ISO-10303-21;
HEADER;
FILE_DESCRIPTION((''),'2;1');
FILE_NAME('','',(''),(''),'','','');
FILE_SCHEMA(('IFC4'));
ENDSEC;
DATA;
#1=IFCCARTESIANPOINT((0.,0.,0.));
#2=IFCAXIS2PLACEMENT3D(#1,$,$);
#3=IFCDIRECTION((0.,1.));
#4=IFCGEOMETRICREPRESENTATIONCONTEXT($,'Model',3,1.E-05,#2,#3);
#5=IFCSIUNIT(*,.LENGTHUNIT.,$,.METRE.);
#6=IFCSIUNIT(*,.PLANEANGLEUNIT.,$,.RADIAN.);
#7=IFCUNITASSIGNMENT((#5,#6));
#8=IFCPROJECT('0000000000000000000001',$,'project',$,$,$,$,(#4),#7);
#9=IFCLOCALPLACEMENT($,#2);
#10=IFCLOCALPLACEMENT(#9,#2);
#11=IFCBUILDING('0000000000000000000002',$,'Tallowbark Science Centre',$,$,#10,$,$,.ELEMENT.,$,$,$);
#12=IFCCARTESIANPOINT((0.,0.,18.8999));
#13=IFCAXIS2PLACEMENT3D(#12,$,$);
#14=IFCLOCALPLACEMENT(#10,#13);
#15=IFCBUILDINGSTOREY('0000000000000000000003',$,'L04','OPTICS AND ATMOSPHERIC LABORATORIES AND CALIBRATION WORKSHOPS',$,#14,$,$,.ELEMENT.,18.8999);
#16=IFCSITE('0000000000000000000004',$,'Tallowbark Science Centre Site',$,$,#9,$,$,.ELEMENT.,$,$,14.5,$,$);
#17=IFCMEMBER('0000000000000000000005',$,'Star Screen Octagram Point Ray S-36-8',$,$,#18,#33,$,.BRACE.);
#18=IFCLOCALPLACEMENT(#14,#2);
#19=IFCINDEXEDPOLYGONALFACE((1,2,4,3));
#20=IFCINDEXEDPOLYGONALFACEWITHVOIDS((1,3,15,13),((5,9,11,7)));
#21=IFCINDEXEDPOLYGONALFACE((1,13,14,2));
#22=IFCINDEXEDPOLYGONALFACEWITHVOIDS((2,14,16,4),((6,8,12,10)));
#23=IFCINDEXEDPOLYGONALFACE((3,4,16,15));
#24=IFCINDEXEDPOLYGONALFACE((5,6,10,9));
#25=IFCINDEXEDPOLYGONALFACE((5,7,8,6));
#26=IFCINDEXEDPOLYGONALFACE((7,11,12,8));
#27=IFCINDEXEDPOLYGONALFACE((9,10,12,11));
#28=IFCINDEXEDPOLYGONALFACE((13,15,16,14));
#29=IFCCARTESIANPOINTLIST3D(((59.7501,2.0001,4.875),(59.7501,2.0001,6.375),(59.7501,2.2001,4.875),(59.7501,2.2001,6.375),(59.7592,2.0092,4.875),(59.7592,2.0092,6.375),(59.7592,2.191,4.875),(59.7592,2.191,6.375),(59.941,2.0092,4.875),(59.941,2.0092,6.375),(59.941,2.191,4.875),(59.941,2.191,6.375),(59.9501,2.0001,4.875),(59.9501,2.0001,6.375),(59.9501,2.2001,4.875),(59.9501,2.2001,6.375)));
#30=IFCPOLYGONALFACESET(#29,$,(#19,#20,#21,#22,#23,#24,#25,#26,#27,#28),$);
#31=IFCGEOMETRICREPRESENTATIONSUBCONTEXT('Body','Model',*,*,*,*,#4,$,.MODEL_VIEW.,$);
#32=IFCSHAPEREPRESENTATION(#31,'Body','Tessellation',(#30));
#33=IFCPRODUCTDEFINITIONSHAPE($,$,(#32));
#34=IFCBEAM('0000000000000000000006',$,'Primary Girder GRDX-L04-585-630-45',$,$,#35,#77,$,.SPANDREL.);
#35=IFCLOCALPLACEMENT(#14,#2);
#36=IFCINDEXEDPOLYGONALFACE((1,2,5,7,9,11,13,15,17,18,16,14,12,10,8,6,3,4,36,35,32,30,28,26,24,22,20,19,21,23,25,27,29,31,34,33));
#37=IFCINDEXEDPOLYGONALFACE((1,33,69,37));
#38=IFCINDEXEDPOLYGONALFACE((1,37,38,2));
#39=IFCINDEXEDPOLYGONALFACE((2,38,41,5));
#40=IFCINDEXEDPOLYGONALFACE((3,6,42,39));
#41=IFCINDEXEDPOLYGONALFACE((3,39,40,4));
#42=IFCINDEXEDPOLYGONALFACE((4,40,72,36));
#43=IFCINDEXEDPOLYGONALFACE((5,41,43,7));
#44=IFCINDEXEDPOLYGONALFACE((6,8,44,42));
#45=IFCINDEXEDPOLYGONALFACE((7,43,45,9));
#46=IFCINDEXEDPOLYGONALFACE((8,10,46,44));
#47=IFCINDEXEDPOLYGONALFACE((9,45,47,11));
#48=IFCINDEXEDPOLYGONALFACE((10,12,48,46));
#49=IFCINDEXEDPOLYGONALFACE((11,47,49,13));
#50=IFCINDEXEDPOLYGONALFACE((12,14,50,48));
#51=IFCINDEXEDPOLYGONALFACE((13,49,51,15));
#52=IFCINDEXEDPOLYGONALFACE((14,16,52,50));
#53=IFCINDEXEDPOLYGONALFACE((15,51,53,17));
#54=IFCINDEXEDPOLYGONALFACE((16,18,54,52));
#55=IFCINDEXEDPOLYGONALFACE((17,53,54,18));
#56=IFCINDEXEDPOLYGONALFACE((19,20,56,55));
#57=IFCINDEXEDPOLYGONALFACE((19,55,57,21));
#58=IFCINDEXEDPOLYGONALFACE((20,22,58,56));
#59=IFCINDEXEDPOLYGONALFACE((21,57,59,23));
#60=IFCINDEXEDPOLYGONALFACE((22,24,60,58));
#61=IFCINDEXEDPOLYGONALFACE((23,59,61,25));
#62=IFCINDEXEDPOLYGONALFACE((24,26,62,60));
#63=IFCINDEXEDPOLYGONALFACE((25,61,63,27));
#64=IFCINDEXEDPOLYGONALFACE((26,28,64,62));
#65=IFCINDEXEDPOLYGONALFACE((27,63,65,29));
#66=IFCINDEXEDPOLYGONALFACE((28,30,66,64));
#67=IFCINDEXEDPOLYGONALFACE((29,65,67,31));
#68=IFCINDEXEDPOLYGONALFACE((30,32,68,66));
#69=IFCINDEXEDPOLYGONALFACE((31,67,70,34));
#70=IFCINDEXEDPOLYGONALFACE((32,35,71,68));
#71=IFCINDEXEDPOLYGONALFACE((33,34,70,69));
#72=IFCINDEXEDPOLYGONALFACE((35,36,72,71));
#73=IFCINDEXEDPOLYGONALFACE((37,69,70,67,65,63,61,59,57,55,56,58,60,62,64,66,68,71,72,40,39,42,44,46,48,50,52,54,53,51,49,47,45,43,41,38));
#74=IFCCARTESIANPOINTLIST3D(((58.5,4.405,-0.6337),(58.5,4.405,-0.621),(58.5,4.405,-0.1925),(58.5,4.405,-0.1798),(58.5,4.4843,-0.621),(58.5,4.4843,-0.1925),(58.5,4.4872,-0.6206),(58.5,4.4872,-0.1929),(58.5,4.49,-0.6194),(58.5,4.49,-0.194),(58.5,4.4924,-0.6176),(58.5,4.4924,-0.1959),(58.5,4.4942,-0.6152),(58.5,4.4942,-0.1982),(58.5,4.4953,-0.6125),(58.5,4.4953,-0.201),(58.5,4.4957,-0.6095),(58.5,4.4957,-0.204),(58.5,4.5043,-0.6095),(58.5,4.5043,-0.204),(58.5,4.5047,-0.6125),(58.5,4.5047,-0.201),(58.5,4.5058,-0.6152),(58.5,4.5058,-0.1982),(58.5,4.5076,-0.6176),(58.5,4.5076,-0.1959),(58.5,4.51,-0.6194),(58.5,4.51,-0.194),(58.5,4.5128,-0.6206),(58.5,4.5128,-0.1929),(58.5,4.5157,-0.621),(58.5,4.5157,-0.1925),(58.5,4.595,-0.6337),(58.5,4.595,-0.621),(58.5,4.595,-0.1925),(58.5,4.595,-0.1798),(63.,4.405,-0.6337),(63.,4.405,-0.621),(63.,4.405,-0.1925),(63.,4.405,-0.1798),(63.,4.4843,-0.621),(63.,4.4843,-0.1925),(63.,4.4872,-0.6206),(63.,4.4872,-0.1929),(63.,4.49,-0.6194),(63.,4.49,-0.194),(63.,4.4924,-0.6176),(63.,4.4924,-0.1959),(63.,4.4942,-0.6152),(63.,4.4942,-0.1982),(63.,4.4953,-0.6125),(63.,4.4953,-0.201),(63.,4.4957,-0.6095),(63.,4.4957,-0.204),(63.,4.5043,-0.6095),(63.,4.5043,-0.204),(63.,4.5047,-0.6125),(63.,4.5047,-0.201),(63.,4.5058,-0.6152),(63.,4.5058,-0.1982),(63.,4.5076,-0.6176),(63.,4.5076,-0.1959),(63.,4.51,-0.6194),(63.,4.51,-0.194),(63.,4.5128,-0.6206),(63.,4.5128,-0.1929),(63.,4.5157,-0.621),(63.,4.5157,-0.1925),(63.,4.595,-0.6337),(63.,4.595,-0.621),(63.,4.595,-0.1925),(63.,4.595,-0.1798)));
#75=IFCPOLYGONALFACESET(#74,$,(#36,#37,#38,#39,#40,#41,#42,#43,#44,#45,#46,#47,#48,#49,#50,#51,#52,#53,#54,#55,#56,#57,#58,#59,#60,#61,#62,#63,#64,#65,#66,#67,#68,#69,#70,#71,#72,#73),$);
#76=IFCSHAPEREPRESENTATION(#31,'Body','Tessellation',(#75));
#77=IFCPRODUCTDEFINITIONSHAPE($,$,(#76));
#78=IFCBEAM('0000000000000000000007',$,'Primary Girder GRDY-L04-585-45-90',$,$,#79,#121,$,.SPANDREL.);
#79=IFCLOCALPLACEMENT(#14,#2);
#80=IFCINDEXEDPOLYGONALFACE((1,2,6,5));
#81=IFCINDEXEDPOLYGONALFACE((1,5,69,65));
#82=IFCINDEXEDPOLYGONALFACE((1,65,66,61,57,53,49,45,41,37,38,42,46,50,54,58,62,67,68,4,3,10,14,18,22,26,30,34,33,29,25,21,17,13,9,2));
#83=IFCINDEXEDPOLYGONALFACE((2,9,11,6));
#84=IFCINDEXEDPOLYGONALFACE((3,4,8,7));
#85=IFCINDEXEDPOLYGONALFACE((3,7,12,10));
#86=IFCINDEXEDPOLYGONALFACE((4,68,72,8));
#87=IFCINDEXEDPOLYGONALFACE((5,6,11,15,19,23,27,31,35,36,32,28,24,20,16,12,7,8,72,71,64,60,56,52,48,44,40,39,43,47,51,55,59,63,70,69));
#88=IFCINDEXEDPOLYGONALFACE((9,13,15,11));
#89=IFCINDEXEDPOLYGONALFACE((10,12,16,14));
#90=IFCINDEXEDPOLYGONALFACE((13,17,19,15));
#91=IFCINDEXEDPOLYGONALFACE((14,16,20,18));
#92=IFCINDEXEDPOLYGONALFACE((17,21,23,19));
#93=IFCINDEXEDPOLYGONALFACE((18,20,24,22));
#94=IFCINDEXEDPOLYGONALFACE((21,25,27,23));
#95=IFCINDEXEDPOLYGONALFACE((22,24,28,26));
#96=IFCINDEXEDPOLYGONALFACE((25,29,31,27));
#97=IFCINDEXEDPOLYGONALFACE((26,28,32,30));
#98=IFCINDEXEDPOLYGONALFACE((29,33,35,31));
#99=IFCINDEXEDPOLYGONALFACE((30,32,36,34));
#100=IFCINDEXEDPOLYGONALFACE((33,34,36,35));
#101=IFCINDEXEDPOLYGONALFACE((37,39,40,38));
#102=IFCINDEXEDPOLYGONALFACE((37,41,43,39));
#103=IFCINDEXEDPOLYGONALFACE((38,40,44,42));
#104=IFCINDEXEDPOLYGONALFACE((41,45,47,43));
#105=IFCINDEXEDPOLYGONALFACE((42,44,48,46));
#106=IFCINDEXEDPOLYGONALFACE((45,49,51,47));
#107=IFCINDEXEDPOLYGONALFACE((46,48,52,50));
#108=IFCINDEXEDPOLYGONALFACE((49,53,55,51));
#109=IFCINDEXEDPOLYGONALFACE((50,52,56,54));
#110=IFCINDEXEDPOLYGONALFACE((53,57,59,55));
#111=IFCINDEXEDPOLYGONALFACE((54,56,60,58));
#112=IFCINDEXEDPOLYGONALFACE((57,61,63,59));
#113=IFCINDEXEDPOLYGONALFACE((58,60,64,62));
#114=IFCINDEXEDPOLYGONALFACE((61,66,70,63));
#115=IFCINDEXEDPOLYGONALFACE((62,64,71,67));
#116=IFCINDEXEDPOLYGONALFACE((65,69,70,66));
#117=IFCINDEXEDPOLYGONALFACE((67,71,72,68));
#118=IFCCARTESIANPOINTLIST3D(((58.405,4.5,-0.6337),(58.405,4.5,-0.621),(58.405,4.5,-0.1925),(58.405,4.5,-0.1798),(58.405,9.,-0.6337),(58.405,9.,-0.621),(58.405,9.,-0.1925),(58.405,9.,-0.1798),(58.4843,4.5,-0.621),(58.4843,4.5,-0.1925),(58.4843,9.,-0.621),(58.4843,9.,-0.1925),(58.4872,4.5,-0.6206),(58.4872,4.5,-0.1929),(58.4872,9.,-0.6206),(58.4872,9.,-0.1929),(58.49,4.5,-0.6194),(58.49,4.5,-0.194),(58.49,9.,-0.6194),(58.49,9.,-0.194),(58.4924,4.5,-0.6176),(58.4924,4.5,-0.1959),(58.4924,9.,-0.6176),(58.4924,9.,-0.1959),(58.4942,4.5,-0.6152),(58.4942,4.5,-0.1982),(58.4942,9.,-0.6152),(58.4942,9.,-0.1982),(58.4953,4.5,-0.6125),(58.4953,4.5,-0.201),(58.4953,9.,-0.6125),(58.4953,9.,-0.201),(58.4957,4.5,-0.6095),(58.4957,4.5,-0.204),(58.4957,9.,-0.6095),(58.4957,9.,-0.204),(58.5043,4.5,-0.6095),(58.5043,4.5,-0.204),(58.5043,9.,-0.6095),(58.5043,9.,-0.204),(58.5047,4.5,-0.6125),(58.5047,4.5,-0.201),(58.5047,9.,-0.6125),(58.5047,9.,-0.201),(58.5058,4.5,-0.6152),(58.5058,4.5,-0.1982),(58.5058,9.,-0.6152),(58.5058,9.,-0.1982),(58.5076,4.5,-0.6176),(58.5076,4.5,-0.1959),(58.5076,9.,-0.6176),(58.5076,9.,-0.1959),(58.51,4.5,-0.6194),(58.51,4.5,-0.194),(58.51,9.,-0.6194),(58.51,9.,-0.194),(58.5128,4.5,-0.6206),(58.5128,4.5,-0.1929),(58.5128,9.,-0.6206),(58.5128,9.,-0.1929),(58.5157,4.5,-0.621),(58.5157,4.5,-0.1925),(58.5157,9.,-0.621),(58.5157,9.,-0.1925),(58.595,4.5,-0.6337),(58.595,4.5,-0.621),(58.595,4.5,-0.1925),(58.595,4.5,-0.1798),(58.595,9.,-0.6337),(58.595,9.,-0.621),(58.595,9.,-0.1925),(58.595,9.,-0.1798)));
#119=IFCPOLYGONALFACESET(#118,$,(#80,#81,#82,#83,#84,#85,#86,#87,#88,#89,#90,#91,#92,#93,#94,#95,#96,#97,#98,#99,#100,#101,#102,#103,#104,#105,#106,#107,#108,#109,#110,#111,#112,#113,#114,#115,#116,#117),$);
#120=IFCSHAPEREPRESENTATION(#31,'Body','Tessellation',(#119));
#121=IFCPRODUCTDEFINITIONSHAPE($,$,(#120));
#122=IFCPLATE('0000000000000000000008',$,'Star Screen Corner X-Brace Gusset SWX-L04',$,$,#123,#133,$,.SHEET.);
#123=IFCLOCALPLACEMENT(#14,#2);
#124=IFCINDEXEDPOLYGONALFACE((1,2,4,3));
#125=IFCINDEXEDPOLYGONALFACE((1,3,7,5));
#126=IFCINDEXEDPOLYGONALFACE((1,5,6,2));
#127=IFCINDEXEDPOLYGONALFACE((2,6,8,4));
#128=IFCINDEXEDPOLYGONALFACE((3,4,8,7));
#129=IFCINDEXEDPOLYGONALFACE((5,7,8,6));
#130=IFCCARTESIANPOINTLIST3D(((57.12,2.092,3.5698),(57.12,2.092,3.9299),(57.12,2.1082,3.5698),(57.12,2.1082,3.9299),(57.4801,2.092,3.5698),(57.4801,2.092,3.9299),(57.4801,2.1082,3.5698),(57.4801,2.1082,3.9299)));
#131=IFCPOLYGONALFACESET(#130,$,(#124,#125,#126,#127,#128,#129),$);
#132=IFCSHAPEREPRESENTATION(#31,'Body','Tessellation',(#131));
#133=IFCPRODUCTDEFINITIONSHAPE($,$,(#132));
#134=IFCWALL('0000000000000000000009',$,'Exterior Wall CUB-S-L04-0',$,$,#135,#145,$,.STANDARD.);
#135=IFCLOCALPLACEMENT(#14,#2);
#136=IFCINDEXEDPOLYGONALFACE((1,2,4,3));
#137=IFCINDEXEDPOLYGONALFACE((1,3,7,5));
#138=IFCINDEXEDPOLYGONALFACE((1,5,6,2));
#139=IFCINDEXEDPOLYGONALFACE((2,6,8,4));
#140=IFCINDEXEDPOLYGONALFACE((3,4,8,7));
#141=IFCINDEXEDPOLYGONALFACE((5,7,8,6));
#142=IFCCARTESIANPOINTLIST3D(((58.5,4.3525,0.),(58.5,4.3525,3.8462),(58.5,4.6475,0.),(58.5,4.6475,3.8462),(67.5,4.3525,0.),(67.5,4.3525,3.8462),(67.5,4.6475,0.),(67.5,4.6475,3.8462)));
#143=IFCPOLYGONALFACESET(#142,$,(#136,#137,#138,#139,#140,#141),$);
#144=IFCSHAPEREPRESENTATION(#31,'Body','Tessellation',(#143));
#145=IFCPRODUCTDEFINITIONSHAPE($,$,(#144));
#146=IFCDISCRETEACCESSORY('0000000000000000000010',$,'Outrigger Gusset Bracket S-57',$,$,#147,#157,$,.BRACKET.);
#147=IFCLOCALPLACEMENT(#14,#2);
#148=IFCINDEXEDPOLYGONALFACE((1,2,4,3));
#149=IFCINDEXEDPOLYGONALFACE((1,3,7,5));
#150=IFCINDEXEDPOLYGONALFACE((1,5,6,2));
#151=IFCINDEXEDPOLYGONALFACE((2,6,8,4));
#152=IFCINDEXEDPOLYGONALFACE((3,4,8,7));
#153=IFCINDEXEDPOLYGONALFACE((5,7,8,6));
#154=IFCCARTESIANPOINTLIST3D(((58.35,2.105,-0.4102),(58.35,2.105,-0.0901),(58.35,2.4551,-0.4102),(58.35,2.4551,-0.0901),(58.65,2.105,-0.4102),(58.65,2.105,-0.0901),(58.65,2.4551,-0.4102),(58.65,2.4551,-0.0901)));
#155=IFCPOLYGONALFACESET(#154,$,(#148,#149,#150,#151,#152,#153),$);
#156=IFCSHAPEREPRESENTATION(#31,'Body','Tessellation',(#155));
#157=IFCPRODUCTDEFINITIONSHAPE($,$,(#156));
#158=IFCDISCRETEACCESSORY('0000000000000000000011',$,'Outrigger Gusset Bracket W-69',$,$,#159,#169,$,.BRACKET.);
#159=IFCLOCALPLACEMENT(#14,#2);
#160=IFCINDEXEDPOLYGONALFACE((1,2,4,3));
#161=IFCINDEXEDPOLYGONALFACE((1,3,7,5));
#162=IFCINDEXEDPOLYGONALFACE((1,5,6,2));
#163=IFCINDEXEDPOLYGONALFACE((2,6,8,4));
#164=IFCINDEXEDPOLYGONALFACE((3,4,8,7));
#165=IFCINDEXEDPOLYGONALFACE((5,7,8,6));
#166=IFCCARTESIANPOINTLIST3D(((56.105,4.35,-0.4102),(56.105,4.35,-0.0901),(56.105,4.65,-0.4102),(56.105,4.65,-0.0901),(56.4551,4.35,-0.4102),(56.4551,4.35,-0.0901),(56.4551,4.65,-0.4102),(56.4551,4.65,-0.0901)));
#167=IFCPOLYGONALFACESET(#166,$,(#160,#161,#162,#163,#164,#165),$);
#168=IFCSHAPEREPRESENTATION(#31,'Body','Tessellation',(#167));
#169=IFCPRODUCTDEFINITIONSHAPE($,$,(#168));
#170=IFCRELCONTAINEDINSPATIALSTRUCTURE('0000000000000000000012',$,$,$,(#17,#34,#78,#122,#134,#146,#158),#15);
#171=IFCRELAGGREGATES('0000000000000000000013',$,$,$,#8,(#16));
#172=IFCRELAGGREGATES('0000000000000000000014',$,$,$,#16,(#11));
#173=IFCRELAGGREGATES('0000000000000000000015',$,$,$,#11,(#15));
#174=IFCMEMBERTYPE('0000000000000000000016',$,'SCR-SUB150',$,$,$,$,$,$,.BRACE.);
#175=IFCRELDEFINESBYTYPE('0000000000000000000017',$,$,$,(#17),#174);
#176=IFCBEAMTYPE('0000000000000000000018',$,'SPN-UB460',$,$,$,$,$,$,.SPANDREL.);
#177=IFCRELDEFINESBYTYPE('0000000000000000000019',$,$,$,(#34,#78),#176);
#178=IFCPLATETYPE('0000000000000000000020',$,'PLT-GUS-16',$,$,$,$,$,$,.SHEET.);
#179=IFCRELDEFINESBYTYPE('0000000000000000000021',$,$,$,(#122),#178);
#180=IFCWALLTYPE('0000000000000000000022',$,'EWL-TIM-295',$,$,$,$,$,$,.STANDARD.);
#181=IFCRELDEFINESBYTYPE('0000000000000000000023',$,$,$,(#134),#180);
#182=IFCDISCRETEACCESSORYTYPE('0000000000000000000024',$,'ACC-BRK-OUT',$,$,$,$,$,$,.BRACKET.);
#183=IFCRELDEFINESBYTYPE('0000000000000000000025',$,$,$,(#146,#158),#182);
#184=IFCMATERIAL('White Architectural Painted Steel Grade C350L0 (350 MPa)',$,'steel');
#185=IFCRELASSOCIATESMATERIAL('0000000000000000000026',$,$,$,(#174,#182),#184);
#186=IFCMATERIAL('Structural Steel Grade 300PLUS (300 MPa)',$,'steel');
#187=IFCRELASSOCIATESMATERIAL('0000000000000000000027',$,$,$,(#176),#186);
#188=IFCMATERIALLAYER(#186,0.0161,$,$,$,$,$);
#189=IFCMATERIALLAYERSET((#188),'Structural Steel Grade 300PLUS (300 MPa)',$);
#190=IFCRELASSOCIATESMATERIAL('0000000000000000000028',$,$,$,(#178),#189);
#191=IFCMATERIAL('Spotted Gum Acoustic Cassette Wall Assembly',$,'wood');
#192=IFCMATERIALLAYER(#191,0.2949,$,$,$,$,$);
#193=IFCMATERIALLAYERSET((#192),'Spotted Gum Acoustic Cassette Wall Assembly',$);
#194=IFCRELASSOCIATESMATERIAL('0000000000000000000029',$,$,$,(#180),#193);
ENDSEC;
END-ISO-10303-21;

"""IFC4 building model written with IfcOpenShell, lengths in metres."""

from ifc_helpers import new_model, si_unit, direction, frame, frame_2d, origin, origin_2d, place, context, subcontext, project, spatial, rectangle, hollow_rectangle, i_section, extrude, material, layer, layer_set, material_profile, profile_set, type_object, element, save


model = new_model("IFC4")

# Units and contexts
model_context = context("Model", 3, precision=1e-05, world=origin(), true_north=direction((0.0, 1.0)))
body_context = subcontext(model_context, "Body", "Model", "MODEL_VIEW")
ifc_project = project(units=[si_unit("LENGTHUNIT", "METRE"), si_unit("PLANEANGLEUNIT", "RADIAN")], contexts=[model_context])

# Site, building, storey
site_placement = place(None, origin())
site = spatial("IfcSite", under=ifc_project, at=site_placement, Name="Tallowbark Science Centre Site", CompositionType="ELEMENT", RefElevation=14.5)
building_placement = place(site_placement, origin())
building = spatial("IfcBuilding", under=site, at=building_placement, Name="Tallowbark Science Centre", CompositionType="ELEMENT")
storey_placement = place(building_placement, frame((0.0, 0.0, 18.8999)))
storey = spatial("IfcBuildingStorey", under=building, at=storey_placement, Name="L04", Description="OPTICS AND ATMOSPHERIC LABORATORIES AND CALIBRATION WORKSHOPS", CompositionType="ELEMENT", Elevation=18.8999)

# Shared definitions
ifc_material_1 = material(Name="White Architectural Painted Steel Grade C350L0 (350 MPa)", Category="steel")
ifc_material_2 = material(Name="Structural Steel Grade 300PLUS (300 MPa)", Category="steel")

# Member
ifc_material_profile_1 = material_profile(ifc_material_1, hollow_rectangle(XDim=0.2, YDim=0.2, WallThickness=0.009, at=origin_2d()), Name="200x200x9.0SHS")
ifc_profile_set_1 = profile_set([ifc_material_profile_1], Name="White Architectural Painted Steel Grade C350L0 (350 MPa)")
member_type_1 = type_object("IfcMemberType", Name="SCR-SUB150", PredefinedType="BRACE", material=ifc_profile_set_1)
member_1_placement = place(storey_placement, frame((59.8501, 2.1001, 6.375), z_axis=(0.0, 0.0, -1.0), x_axis=(1.0, 0.0, 0.0)))
element("IfcMember", 1, at=member_1_placement, inside=storey, type_object=member_type_1, Name="Star Screen Octagram Point Ray S-36-8", PredefinedType="BRACE", context=body_context, shape_type="SweptSolid", body=[
    extrude(hollow_rectangle(XDim=0.2, YDim=0.2, WallThickness=0.009, at=origin_2d()), origin(), (0.0, 0.0, 1.0), 1.5),
])

# Beams
ifc_material_profile_2 = material_profile(ifc_material_2, i_section(OverallWidth=0.1899, OverallDepth=0.4539, WebThickness=0.0085, FlangeThickness=0.0127, FilletRadius=0.0115, at=origin_2d()), Name="460UB67.1")
ifc_profile_set_2 = profile_set([ifc_material_profile_2], Name="Structural Steel Grade 300PLUS (300 MPa)")
beam_type_1 = type_object("IfcBeamType", Name="SPN-UB460", PredefinedType="SPANDREL", material=ifc_profile_set_2)
for number, where, z_axis, x_axis, name in (
    (2, (58.5, 4.5, -0.4067), (1.0, 0.0, 0.0), (0.0, 1.0, 0.0), "Primary Girder GRDX-L04-585-630-45"),
    (3, (58.5, 4.5, -0.4067), (0.0, 1.0, 0.0), (-1.0, 0.0, 0.0), "Primary Girder GRDY-L04-585-45-90"),
):
    element("IfcBeam", number, at=place(storey_placement, frame(where, z_axis=z_axis, x_axis=x_axis)), inside=storey, type_object=beam_type_1, Name=name, PredefinedType="SPANDREL", context=body_context, shape_type="SweptSolid", body=[
        extrude(i_section(OverallWidth=0.1899, OverallDepth=0.4539, WebThickness=0.0085, FlangeThickness=0.0127, FilletRadius=0.0115, at=origin_2d()), origin(), (0.0, 0.0, 1.0), 4.5),
    ])

# Plate
ifc_layer_1 = layer(ifc_material_2, 0.0161)
ifc_layer_set_1 = layer_set([ifc_layer_1], Name="Structural Steel Grade 300PLUS (300 MPa)")
plate_type = type_object("IfcPlateType", Name="PLT-GUS-16", PredefinedType="SHEET", material=ifc_layer_set_1)
plate_placement = place(storey_placement, frame((57.3, 2.1001, 3.5698), z_axis=(0.0, 0.0, 1.0), x_axis=(1.0, 0.0, 0.0)))
element("IfcPlate", 4, at=plate_placement, inside=storey, type_object=plate_type, Name="Star Screen Corner X-Brace Gusset SWX-L04", PredefinedType="SHEET", context=body_context, shape_type="SweptSolid", body=[
    extrude(rectangle(XDim=0.3601, YDim=0.0161, at=origin_2d()), origin(), (0.0, 0.0, 1.0), 0.3601),
])

# Wall
ifc_material_3 = material(Name="Spotted Gum Acoustic Cassette Wall Assembly", Category="wood")
ifc_layer_2 = layer(ifc_material_3, 0.2949)
ifc_layer_set_2 = layer_set([ifc_layer_2], Name="Spotted Gum Acoustic Cassette Wall Assembly")
wall_type = type_object("IfcWallType", Name="EWL-TIM-295", PredefinedType="STANDARD", material=ifc_layer_set_2)
wall_placement = place(storey_placement, frame((58.5, 4.5, 0.0), z_axis=(0.0, 0.0, 1.0), x_axis=(1.0, 0.0, 0.0)))
element("IfcWall", 5, at=wall_placement, inside=storey, type_object=wall_type, Name="Exterior Wall CUB-S-L04-0", PredefinedType="STANDARD", context=body_context, shape_type="SweptSolid", body=[
    extrude(rectangle(XDim=9.0, YDim=0.2949, at=frame_2d((4.5, 0.0))), origin(), (0.0, 0.0, 1.0), 3.8462),
])

# Discrete accessories
discrete_accessory_type = type_object("IfcDiscreteAccessoryType", Name="ACC-BRK-OUT", PredefinedType="BRACKET", material=ifc_material_1)
discrete_accessory_1_placement = place(storey_placement, frame((58.5, 2.28, -0.4102), z_axis=(0.0, 0.0, 1.0), x_axis=(1.0, 0.0, 0.0)))
element("IfcDiscreteAccessory", 6, at=discrete_accessory_1_placement, inside=storey, type_object=discrete_accessory_type, Name="Outrigger Gusset Bracket S-57", PredefinedType="BRACKET", context=body_context, shape_type="SweptSolid", body=[
    extrude(rectangle(XDim=0.3, YDim=0.3501, at=origin_2d()), origin(), (0.0, 0.0, 1.0), 0.3201),
])
discrete_accessory_2_placement = place(storey_placement, frame((56.28, 4.5, -0.4102), z_axis=(0.0, 0.0, 1.0), x_axis=(1.0, 0.0, 0.0)))
element("IfcDiscreteAccessory", 7, at=discrete_accessory_2_placement, inside=storey, type_object=discrete_accessory_type, Name="Outrigger Gusset Bracket W-69", PredefinedType="BRACKET", context=body_context, shape_type="SweptSolid", body=[
    extrude(rectangle(XDim=0.3501, YDim=0.3, at=origin_2d()), origin(), (0.0, 0.0, 1.0), 0.3201),
])

save(model, "model.ifc")
